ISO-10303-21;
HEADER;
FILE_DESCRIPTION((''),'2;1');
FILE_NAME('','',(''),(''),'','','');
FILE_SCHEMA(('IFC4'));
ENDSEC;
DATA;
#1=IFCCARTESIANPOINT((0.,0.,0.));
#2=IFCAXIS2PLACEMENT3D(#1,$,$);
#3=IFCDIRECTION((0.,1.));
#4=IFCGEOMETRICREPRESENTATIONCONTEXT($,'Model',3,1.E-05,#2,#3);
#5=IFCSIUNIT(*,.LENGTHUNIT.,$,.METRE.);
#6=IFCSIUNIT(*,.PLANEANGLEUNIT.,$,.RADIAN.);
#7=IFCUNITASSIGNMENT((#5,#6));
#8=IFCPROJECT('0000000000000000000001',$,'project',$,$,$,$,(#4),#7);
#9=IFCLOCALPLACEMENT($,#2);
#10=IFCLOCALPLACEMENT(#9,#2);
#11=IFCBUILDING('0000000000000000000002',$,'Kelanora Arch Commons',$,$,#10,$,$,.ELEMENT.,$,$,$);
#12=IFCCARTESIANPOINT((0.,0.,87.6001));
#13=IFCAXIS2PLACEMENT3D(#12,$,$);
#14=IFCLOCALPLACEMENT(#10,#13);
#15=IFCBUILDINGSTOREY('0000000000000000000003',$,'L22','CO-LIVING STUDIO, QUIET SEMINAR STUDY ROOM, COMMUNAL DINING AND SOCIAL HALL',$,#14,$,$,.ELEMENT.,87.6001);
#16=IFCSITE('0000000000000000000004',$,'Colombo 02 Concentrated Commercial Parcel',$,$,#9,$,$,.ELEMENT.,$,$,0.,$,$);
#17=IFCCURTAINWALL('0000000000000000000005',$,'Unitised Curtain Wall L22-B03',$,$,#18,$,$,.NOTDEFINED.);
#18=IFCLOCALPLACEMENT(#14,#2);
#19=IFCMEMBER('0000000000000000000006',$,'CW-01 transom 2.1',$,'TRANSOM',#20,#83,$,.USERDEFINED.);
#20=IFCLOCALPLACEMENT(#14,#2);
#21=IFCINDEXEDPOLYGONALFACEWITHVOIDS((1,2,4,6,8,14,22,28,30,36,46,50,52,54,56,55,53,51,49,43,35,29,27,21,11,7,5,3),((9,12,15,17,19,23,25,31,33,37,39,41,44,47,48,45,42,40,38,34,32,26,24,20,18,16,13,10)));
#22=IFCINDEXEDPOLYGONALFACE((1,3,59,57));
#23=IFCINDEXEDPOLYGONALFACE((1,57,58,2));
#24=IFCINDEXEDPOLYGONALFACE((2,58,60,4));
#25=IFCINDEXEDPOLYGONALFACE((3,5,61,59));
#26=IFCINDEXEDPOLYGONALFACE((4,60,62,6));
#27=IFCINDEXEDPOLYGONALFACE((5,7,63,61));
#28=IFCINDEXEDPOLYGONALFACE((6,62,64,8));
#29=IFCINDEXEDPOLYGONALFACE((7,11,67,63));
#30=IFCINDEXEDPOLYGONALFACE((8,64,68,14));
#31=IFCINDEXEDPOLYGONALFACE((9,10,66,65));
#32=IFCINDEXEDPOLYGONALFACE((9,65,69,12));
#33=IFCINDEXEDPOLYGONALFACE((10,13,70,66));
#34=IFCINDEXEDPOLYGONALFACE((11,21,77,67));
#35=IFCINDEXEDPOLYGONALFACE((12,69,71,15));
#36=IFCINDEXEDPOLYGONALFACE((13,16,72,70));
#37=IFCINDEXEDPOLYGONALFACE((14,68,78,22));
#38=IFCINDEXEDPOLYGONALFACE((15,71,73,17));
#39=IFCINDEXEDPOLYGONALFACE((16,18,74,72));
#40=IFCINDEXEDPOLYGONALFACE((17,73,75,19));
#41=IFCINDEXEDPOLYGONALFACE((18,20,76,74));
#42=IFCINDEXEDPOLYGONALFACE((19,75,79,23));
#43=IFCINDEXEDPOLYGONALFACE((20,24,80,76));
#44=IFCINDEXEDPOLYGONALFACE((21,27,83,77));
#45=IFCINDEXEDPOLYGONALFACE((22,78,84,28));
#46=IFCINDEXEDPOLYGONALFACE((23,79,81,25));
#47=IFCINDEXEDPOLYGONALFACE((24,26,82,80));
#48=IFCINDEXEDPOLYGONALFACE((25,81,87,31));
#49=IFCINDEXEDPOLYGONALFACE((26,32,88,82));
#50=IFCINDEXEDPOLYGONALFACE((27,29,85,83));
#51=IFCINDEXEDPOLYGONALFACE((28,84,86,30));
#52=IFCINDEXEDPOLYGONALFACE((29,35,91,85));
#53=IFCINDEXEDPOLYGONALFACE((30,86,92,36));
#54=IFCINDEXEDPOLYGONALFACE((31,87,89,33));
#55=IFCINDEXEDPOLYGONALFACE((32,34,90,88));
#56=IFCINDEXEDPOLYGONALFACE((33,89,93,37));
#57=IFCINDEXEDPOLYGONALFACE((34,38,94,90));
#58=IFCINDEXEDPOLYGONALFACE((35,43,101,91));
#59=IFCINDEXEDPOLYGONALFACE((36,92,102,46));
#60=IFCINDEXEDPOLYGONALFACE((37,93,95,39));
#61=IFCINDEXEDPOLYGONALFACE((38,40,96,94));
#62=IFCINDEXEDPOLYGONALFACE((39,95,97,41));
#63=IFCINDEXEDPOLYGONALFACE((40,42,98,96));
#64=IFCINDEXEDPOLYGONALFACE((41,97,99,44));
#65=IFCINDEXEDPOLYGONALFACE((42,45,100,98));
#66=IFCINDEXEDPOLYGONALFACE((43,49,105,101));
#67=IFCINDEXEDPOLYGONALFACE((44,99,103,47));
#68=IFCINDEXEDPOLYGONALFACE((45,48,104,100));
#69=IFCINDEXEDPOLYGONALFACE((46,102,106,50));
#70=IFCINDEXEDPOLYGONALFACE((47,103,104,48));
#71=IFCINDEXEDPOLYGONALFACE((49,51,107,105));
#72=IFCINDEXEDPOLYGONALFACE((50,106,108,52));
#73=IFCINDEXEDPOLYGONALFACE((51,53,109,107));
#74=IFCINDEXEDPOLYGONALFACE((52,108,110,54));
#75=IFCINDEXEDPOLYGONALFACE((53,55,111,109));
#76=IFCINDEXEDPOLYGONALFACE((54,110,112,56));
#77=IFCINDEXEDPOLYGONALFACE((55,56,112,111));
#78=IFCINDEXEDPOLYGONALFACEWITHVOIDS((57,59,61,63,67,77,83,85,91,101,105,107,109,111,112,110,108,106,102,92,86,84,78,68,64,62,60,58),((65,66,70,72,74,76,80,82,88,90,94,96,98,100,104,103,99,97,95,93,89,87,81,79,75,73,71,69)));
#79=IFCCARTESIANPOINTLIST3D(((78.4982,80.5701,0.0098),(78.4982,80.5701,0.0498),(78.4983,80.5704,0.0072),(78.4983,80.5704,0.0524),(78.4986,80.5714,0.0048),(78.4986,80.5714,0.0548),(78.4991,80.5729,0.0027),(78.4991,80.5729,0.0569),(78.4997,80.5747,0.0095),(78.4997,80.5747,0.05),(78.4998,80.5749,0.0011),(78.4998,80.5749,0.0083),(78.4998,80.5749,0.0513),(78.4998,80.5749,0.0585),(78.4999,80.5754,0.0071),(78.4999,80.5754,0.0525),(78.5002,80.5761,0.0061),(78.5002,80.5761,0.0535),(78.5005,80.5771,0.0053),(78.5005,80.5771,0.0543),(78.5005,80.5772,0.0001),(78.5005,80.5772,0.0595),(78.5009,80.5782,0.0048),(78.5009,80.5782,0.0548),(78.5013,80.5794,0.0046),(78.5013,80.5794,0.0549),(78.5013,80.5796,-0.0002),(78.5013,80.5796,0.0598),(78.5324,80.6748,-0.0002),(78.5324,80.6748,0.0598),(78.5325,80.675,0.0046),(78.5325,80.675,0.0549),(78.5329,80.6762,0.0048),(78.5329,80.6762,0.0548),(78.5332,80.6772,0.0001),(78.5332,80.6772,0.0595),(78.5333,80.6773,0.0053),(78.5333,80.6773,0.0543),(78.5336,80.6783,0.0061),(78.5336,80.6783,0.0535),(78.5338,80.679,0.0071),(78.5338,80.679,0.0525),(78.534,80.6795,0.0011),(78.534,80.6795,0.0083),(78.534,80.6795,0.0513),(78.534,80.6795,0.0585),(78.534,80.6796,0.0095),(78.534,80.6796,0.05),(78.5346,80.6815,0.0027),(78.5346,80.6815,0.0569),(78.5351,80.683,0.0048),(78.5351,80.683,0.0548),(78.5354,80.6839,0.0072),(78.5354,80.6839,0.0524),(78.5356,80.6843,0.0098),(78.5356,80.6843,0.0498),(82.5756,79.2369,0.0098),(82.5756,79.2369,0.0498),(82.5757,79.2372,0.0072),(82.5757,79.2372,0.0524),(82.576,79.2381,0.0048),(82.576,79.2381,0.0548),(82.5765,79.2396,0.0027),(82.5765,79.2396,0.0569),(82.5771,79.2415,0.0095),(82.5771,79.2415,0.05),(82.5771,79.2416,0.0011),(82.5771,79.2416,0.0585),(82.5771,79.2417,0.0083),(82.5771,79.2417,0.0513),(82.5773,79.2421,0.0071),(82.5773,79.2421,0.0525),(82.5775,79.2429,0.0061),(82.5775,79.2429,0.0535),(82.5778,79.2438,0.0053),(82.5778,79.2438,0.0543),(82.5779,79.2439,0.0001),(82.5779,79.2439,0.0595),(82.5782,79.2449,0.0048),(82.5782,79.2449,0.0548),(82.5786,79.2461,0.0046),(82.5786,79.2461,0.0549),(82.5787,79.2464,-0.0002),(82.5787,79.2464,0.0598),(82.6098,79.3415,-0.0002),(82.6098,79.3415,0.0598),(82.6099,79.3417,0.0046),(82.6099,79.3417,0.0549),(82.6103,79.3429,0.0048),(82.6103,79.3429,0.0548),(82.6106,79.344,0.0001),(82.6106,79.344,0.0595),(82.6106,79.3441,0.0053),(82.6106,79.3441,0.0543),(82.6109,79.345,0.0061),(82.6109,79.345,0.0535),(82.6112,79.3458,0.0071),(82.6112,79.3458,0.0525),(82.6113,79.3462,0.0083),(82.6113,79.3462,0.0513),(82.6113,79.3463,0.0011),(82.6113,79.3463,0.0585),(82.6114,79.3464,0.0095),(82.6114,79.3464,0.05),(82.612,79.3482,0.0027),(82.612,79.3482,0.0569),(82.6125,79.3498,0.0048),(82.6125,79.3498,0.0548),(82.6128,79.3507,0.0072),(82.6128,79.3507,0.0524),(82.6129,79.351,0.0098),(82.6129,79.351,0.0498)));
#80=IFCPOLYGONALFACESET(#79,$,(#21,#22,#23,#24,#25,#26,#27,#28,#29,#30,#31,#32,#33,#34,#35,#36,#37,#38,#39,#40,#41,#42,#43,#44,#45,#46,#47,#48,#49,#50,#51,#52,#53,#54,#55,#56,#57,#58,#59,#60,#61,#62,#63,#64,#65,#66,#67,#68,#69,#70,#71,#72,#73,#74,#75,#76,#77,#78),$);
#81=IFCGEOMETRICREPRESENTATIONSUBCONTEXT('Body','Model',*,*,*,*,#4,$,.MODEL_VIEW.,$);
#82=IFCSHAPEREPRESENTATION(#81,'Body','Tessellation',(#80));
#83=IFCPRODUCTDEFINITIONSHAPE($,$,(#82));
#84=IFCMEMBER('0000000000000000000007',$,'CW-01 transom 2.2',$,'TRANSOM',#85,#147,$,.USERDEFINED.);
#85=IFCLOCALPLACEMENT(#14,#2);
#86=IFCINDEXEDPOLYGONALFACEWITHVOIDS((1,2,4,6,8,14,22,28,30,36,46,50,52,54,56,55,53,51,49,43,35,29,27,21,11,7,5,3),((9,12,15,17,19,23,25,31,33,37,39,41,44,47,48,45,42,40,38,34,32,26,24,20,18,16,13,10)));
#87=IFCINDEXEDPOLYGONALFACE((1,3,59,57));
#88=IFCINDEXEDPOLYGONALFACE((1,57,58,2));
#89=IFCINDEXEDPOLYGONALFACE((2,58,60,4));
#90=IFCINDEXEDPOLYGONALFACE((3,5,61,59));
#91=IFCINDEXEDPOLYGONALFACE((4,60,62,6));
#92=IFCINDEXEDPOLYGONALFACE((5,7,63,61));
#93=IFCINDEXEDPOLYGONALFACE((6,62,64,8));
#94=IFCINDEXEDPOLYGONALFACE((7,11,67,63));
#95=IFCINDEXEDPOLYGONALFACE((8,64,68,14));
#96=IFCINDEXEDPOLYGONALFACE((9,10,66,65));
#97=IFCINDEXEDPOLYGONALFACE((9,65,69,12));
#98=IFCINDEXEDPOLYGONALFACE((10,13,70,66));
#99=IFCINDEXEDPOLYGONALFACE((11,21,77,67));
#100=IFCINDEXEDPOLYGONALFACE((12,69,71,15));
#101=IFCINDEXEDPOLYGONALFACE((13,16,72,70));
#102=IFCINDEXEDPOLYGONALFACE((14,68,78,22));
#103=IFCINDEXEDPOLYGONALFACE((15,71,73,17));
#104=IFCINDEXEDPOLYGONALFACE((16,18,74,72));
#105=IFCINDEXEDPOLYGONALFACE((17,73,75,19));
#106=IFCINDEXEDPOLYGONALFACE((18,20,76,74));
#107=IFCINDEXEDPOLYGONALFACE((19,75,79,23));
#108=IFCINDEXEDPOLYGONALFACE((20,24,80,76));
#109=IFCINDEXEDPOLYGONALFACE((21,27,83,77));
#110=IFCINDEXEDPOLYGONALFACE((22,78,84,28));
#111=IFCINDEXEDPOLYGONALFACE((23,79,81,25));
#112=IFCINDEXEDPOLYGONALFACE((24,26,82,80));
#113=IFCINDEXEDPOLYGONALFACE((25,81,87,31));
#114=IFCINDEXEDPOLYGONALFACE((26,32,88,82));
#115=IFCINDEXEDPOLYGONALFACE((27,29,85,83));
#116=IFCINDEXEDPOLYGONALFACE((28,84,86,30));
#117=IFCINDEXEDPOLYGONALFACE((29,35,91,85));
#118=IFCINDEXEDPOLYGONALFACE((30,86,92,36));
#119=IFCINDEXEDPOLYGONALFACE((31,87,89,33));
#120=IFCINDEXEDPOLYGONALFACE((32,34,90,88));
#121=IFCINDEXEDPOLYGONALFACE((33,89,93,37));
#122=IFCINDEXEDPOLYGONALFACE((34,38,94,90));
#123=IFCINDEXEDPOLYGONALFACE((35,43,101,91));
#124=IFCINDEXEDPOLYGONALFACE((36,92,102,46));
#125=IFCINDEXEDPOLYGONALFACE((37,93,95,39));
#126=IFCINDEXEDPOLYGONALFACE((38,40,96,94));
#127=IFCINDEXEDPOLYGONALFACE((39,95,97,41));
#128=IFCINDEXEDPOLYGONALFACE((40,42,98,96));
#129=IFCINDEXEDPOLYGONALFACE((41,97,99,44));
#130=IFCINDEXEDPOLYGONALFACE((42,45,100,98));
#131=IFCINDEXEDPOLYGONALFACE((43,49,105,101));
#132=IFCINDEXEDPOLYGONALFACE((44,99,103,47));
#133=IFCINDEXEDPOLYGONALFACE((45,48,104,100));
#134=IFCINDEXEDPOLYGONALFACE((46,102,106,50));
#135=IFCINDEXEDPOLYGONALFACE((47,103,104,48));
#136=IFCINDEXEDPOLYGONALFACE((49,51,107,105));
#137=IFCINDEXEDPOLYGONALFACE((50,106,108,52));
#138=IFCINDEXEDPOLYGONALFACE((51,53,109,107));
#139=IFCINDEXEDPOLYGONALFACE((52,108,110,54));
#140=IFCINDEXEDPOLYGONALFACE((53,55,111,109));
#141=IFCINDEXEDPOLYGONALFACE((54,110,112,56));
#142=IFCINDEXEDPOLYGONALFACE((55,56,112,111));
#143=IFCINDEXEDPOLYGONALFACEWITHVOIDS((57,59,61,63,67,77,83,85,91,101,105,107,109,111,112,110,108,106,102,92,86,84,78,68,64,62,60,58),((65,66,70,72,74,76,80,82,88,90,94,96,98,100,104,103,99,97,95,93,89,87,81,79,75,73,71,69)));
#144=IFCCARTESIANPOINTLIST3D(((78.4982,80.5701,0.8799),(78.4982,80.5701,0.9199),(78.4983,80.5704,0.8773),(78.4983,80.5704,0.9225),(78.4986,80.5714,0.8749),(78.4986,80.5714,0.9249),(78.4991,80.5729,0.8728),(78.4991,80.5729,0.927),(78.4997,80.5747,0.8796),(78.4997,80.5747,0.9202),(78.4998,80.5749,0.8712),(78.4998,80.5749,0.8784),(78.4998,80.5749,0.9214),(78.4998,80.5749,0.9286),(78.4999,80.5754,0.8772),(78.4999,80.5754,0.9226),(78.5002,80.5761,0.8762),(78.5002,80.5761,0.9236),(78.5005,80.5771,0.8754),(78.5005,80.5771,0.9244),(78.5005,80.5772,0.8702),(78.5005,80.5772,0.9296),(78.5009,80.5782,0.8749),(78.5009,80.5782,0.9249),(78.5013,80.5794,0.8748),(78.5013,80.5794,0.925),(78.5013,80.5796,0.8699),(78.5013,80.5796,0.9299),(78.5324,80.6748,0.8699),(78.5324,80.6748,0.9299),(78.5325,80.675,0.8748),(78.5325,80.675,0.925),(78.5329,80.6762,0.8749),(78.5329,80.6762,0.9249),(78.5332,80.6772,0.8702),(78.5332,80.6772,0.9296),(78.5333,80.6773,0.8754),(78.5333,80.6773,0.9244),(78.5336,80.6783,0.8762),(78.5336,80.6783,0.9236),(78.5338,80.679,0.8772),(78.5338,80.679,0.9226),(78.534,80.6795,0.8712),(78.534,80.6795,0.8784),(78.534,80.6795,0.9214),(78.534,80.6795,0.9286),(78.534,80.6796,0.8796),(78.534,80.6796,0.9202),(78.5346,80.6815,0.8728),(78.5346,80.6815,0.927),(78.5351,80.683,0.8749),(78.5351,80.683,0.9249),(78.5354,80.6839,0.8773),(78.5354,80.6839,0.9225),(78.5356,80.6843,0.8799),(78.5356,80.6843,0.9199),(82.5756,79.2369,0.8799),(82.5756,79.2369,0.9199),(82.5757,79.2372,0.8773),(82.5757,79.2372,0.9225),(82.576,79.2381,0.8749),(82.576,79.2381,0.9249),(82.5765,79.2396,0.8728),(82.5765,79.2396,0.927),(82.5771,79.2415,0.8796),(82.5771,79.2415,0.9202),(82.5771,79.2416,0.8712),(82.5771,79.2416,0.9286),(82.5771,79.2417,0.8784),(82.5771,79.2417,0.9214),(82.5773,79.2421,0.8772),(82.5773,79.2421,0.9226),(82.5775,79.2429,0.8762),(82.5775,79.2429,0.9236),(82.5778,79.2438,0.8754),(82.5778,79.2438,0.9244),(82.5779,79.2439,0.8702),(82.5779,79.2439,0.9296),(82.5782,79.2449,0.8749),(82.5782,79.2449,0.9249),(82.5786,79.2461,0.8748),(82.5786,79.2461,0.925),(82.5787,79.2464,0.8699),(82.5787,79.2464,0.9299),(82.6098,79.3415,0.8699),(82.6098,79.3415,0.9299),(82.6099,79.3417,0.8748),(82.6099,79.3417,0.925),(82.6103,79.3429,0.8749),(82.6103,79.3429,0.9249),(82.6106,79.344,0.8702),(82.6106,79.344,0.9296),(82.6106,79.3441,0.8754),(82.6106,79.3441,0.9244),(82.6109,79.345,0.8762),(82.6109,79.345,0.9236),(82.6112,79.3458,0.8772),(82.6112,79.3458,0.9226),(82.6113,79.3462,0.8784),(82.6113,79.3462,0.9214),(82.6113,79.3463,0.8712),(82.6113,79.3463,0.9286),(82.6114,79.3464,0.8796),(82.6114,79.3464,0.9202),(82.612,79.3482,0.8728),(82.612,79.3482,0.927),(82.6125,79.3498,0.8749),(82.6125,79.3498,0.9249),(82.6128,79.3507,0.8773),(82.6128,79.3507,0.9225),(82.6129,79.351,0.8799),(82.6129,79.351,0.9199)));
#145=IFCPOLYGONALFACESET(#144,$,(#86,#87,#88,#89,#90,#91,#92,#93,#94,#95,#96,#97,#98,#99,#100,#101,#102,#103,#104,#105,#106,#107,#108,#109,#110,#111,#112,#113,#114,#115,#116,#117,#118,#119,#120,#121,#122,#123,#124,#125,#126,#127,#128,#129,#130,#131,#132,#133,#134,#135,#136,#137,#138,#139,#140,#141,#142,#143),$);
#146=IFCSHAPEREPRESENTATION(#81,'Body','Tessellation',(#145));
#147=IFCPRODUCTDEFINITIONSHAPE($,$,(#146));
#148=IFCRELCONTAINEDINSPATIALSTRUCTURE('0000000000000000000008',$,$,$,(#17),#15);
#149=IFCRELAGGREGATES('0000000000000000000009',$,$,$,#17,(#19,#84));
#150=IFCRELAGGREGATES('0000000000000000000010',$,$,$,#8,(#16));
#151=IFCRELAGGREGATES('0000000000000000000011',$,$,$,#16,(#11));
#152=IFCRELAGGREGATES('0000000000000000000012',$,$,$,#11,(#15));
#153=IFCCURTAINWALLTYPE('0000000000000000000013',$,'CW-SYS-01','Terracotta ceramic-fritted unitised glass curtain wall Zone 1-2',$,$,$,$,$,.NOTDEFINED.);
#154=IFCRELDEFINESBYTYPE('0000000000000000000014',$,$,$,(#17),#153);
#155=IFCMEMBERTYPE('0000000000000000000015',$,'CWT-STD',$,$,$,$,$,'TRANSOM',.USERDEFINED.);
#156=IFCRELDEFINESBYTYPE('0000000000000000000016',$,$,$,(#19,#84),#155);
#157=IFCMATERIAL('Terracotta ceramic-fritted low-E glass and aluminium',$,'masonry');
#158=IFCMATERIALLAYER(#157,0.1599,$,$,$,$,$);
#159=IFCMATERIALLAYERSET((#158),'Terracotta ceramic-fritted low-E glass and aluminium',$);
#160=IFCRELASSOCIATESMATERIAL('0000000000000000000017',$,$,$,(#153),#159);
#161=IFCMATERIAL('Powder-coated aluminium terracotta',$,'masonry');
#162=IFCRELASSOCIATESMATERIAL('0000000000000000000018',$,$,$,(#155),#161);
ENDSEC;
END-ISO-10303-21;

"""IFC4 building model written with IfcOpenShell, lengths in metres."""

from ifc_helpers import new_model, si_unit, direction, frame, origin, origin_2d, place, context, subcontext, project, spatial, hollow_rectangle, extrude, material, layer, layer_set, material_profile, profile_set, type_object, element, aggregate, save


model = new_model("IFC4")

# Units and contexts
model_context = context("Model", 3, precision=1e-05, world=origin(), true_north=direction((0.0, 1.0)))
body_context = subcontext(model_context, "Body", "Model", "MODEL_VIEW")
ifc_project = project(units=[si_unit("LENGTHUNIT", "METRE"), si_unit("PLANEANGLEUNIT", "RADIAN")], contexts=[model_context])

# Site, building, storey
site_placement = place(None, origin())
site = spatial("IfcSite", under=ifc_project, at=site_placement, Name="Colombo 02 Concentrated Commercial Parcel", CompositionType="ELEMENT", RefElevation=0.0)
building_placement = place(site_placement, origin())
building = spatial("IfcBuilding", under=site, at=building_placement, Name="Kelanora Arch Commons", CompositionType="ELEMENT")
storey_placement = place(building_placement, frame((0.0, 0.0, 87.6001)))
storey = spatial("IfcBuildingStorey", under=building, at=storey_placement, Name="L22", Description="CO-LIVING STUDIO, QUIET SEMINAR STUDY ROOM, COMMUNAL DINING AND SOCIAL HALL", CompositionType="ELEMENT", Elevation=87.6001)

# Curtain wall, members
ifc_material_1 = material(Name="Terracotta ceramic-fritted low-E glass and aluminium", Category="masonry")
ifc_layer_1 = layer(ifc_material_1, 0.1599)
ifc_layer_set_1 = layer_set([ifc_layer_1], Name="Terracotta ceramic-fritted low-E glass and aluminium")
curtain_wall_type = type_object("IfcCurtainWallType", Name="CW-SYS-01", Description="Terracotta ceramic-fritted unitised glass curtain wall Zone 1-2", PredefinedType="NOTDEFINED", material=ifc_layer_set_1)
curtain_wall_placement = place(storey_placement, origin())
curtain_wall = element("IfcCurtainWall", 1, at=curtain_wall_placement, inside=storey, type_object=curtain_wall_type, Name="Unitised Curtain Wall L22-B03", PredefinedType="NOTDEFINED")
ifc_material_2 = material(Name="Powder-coated aluminium terracotta", Category="masonry")
ifc_material_profile_1 = material_profile(ifc_material_2, hollow_rectangle(XDim=0.1201, YDim=0.0601, WallThickness=0.0049, InnerFilletRadius=0.0049, OuterFilletRadius=0.01, at=origin_2d()), Name="CWT120x60")
ifc_profile_set_1 = profile_set([ifc_material_profile_1], Name="Powder-coated aluminium terracotta")
member_type_1 = type_object("IfcMemberType", Name="CWT-STD", ElementType="TRANSOM", PredefinedType="USERDEFINED", material=ifc_profile_set_1)
member_1_placement = place(storey_placement, frame((82.5942, 79.2939, 0.0298), z_axis=(-0.950478, 0.310793, 0.0), x_axis=(-0.310793, -0.950478, 0.0)))
member_1 = element("IfcMember", 2, at=member_1_placement, type_object=member_type_1, Name="CW-01 transom 2.1", ObjectType="TRANSOM", PredefinedType="USERDEFINED", context=body_context, shape_type="SweptSolid", body=[
    extrude(hollow_rectangle(XDim=0.1201, YDim=0.0601, WallThickness=0.0049, InnerFilletRadius=0.0049, OuterFilletRadius=0.01, at=origin_2d()), origin(), (0.0, 0.0, 1.0), 4.2898),
])
member_2_placement = place(storey_placement, frame((82.5942, 79.2939, 0.8999), z_axis=(-0.950478, 0.310793, 0.0), x_axis=(-0.310793, -0.950478, 0.0)))
member_2 = element("IfcMember", 3, at=member_2_placement, type_object=member_type_1, Name="CW-01 transom 2.2", ObjectType="TRANSOM", PredefinedType="USERDEFINED", context=body_context, shape_type="SweptSolid", body=[
    extrude(hollow_rectangle(XDim=0.1201, YDim=0.0601, WallThickness=0.0049, InnerFilletRadius=0.0049, OuterFilletRadius=0.01, at=origin_2d()), origin(), (0.0, 0.0, 1.0), 4.2898),
])
aggregate(curtain_wall, [member_1, member_2])

save(model, "model.ifc")
